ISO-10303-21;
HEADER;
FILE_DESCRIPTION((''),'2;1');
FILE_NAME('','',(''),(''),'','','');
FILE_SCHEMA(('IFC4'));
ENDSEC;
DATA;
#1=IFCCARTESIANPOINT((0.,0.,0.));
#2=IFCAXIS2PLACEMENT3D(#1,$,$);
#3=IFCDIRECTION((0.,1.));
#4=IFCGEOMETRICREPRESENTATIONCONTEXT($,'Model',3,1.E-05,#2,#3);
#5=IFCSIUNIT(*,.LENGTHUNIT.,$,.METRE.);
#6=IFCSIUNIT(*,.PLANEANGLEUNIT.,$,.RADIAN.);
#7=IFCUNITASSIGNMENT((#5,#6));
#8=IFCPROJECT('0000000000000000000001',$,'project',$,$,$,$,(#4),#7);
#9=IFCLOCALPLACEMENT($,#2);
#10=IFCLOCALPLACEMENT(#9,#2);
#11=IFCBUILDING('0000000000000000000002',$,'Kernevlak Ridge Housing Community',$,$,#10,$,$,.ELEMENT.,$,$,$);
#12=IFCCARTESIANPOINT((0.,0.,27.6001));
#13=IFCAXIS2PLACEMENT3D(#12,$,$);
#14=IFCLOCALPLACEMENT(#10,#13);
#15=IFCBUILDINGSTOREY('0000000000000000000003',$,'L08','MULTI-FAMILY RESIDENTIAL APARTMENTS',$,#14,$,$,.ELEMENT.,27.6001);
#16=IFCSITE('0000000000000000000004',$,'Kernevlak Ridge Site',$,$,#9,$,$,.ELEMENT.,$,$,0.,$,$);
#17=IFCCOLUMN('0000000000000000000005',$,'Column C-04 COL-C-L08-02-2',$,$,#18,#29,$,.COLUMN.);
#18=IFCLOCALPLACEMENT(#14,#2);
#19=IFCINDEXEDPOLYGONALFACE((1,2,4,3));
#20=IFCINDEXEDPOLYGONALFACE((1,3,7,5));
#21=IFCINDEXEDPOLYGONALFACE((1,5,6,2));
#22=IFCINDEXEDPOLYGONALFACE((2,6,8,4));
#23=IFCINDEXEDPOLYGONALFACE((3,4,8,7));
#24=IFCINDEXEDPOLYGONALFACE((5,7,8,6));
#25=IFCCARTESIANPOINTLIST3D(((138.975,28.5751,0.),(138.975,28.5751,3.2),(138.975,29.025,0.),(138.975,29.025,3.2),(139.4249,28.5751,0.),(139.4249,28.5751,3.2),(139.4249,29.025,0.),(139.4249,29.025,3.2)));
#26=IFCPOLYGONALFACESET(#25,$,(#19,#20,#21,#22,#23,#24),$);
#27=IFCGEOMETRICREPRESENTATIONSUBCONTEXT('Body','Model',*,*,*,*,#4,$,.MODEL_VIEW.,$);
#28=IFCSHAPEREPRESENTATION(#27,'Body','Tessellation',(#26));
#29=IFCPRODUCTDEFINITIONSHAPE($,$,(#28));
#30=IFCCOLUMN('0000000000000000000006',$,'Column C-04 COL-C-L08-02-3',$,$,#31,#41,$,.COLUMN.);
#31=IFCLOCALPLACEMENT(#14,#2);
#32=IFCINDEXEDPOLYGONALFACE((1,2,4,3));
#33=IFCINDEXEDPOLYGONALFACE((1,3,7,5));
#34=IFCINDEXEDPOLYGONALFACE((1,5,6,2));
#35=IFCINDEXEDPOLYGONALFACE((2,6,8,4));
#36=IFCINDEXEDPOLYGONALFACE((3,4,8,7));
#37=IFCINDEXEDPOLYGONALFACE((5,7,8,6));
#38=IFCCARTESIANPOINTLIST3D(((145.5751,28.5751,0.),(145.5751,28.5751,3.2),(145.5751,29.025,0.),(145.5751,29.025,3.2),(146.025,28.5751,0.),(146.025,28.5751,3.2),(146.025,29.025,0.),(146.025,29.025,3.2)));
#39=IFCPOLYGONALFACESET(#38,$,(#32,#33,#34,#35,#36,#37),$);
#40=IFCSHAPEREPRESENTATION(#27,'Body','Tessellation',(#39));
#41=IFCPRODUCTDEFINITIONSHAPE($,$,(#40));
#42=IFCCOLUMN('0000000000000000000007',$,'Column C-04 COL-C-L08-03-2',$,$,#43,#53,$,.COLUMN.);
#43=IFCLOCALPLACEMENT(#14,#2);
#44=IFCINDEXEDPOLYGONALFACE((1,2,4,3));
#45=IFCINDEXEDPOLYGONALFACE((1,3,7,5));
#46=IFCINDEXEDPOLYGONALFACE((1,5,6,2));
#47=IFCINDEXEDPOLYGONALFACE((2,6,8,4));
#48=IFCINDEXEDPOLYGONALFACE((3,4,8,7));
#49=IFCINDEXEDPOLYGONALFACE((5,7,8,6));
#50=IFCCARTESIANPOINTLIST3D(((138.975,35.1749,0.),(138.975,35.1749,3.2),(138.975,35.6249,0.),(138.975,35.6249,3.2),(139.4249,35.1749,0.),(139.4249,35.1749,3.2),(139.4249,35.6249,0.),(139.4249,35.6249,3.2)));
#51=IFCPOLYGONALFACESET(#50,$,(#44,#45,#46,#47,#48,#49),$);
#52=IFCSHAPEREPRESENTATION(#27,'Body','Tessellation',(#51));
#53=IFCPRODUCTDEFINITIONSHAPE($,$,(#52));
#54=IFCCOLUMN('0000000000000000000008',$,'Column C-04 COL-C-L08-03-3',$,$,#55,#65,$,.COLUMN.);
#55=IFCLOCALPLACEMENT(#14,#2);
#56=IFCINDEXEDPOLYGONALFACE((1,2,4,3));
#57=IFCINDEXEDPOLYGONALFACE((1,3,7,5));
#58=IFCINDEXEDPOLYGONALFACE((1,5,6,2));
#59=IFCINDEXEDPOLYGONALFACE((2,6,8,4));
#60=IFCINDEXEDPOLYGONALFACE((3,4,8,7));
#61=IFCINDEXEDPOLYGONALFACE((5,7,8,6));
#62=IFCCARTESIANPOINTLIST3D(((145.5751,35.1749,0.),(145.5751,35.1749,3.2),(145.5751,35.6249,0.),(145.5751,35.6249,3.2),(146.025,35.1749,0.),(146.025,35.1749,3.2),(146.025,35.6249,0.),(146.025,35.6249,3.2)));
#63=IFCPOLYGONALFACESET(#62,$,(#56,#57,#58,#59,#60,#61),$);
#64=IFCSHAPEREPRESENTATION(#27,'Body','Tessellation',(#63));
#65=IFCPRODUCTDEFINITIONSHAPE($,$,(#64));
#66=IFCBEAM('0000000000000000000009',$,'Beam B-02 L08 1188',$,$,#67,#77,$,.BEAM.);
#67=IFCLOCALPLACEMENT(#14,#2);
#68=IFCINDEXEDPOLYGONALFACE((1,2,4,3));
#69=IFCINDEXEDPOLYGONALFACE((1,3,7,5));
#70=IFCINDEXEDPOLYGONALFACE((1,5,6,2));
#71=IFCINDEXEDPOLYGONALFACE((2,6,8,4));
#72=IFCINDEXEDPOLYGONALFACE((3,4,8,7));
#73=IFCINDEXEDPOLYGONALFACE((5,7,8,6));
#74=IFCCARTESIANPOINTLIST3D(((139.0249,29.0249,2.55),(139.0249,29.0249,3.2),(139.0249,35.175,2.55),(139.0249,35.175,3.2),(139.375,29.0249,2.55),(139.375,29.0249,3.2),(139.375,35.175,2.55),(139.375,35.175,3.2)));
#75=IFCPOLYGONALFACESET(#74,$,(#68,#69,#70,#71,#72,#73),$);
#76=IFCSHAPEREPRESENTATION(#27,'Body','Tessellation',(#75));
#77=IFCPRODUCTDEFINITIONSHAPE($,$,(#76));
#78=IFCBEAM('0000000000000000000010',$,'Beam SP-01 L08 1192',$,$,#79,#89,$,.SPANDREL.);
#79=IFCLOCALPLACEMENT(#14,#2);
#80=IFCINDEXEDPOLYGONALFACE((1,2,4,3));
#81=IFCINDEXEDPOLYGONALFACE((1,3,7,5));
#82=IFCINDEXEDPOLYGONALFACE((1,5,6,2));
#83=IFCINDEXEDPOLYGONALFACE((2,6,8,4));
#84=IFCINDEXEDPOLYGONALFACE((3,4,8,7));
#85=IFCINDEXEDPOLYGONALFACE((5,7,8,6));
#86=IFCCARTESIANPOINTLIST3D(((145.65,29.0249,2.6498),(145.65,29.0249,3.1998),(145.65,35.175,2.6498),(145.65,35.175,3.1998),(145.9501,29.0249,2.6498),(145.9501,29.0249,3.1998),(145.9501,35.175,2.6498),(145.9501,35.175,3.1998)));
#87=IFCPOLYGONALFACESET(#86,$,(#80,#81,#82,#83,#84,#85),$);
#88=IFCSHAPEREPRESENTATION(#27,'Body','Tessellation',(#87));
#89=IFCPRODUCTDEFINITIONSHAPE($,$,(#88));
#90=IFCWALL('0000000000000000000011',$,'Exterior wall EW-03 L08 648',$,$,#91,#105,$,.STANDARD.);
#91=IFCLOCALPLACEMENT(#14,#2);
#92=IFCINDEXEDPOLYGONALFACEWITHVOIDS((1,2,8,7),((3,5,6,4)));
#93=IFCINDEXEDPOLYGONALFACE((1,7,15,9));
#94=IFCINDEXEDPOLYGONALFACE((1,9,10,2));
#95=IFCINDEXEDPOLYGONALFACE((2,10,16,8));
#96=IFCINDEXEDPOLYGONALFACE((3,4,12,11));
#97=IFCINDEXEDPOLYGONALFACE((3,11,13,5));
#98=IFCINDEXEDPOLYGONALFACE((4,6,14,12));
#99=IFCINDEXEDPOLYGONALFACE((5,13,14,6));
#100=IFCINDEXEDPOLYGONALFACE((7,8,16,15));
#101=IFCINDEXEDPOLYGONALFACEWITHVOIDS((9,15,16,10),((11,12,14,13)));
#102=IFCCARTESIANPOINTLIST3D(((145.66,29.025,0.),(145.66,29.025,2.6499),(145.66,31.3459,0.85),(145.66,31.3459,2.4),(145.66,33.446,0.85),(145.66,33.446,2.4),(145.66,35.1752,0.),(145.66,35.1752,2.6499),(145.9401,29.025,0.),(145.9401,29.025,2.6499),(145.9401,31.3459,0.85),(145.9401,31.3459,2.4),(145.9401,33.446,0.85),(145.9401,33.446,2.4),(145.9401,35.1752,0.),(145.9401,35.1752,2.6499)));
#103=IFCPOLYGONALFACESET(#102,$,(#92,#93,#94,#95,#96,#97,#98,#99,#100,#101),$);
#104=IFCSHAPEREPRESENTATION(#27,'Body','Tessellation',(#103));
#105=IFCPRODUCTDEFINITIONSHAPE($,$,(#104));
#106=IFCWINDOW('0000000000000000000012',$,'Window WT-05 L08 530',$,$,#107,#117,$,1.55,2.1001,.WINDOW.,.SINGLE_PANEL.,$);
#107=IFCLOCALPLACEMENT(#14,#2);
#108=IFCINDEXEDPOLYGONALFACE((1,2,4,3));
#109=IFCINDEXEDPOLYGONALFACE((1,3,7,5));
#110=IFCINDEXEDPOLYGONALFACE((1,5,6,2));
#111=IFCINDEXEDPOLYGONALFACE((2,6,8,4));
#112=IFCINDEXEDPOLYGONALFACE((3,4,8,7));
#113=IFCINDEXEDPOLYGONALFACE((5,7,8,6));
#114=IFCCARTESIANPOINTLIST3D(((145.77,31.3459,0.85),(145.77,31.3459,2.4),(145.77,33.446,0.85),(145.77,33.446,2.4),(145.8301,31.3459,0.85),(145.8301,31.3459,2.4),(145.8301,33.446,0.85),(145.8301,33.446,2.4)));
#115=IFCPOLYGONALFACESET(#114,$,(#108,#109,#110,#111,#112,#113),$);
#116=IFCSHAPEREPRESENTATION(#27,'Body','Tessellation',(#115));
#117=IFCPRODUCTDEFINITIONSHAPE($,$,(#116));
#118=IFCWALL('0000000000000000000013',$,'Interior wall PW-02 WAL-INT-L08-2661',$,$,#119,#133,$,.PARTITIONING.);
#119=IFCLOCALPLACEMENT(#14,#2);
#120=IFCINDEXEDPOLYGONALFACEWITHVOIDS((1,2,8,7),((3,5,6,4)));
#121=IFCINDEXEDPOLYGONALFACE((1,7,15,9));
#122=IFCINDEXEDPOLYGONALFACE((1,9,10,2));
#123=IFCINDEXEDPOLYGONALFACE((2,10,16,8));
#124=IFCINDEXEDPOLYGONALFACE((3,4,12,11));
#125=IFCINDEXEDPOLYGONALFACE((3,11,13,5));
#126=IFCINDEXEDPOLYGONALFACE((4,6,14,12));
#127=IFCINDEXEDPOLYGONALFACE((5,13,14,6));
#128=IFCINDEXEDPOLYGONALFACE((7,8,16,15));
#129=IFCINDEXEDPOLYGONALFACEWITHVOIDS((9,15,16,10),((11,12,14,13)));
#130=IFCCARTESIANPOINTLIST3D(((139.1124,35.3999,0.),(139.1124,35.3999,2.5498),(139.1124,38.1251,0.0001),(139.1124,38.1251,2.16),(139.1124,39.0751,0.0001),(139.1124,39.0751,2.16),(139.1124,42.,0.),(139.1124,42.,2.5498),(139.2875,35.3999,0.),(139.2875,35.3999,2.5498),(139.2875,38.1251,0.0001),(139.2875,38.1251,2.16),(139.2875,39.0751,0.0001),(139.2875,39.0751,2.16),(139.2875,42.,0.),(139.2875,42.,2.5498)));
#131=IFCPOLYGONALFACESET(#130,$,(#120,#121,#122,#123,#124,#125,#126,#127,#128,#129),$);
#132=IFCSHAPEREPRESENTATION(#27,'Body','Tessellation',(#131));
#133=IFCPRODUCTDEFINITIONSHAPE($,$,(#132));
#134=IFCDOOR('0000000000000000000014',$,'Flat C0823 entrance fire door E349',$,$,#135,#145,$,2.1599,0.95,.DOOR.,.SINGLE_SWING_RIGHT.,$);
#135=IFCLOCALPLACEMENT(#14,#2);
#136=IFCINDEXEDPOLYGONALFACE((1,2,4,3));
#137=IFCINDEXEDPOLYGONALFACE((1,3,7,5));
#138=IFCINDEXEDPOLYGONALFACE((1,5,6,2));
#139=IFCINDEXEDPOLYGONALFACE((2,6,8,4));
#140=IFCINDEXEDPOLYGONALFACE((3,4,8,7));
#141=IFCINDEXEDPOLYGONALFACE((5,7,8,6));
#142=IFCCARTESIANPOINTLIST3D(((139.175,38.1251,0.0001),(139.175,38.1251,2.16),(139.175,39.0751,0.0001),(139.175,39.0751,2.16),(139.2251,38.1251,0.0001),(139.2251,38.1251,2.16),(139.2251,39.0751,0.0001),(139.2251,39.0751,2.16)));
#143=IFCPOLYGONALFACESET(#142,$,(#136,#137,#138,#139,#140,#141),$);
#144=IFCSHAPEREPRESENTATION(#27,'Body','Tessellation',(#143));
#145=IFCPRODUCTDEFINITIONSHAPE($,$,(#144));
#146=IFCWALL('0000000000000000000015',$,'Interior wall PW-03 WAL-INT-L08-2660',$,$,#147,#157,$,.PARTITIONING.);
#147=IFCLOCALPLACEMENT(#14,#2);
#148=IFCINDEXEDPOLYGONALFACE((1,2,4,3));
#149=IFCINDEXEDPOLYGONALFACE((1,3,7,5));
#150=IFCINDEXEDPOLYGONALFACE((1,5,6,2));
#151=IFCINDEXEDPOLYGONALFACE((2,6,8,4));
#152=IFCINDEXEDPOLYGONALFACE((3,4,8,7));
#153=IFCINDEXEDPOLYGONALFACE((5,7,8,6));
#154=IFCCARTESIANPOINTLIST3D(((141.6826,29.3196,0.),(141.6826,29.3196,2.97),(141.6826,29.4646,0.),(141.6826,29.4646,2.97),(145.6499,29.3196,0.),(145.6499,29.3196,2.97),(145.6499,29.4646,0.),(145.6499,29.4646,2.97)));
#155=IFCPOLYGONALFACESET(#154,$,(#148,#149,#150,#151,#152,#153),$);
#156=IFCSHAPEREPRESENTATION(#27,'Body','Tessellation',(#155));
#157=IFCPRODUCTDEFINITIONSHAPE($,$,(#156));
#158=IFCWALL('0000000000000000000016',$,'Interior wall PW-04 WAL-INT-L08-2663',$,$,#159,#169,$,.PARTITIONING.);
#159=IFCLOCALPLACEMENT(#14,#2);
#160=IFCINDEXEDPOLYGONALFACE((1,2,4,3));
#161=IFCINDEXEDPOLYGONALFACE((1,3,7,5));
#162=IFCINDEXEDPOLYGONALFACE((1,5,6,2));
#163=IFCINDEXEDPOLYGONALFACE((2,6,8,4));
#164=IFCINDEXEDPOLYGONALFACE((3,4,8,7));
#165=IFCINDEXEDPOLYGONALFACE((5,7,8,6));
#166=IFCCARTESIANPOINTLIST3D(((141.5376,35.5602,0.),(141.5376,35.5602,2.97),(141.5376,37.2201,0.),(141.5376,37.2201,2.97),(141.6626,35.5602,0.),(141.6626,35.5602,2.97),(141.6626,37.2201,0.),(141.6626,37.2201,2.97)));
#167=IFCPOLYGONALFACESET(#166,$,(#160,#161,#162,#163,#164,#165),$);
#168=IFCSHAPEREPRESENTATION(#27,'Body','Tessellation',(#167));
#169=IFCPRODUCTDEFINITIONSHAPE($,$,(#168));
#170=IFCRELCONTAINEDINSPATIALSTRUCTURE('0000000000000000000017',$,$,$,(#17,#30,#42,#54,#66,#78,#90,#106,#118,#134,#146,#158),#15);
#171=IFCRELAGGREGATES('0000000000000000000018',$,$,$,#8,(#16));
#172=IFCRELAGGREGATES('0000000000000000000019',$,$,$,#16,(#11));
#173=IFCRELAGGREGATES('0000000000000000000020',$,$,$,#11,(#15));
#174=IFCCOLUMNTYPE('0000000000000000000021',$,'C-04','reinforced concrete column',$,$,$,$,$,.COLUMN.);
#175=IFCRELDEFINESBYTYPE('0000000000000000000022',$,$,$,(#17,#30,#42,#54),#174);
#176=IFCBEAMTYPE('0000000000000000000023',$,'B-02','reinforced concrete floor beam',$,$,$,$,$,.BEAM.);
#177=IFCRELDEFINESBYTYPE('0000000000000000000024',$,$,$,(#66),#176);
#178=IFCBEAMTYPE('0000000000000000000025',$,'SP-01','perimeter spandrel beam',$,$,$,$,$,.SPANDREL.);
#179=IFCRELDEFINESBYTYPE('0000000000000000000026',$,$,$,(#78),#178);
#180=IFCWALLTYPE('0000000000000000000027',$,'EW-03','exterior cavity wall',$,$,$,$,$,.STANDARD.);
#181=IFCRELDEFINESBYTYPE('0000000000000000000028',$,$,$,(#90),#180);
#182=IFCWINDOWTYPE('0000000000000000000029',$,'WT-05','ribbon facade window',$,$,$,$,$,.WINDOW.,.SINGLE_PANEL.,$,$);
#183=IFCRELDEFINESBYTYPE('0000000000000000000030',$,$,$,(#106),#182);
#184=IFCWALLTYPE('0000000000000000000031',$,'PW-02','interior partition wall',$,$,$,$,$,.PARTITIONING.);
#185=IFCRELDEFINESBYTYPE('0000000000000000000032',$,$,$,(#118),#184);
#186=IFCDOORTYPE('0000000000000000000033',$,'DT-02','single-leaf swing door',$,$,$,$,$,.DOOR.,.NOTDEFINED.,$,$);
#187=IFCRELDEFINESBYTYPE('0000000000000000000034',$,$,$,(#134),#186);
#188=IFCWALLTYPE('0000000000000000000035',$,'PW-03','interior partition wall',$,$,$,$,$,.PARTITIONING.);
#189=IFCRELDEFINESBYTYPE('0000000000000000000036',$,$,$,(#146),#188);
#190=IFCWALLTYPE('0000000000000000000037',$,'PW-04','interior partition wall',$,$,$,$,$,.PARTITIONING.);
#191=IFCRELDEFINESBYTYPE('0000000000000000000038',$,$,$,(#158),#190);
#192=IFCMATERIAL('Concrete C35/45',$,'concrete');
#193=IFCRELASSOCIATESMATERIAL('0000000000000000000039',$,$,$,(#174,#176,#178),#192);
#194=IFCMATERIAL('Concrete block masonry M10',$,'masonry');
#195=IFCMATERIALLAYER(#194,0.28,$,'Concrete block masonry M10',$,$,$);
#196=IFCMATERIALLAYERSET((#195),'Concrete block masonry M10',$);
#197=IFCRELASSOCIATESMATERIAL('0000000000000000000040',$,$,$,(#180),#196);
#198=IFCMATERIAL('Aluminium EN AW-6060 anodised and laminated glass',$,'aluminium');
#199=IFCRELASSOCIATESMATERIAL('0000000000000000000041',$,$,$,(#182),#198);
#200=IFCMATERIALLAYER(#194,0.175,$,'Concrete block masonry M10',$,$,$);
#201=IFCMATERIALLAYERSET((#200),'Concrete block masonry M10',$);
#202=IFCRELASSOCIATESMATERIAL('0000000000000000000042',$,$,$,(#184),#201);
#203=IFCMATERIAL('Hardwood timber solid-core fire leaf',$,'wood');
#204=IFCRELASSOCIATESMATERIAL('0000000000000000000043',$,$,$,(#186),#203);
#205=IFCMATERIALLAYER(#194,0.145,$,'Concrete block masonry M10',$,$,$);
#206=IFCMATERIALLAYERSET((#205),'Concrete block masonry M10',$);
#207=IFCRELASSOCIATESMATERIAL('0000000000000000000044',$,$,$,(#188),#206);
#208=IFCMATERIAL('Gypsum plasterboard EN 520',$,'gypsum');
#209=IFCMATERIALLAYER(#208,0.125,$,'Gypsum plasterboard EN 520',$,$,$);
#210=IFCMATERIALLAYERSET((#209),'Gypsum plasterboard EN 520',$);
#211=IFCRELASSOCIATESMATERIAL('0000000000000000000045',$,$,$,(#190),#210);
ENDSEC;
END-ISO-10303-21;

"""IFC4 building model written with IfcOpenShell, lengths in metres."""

from ifc_helpers import new_model, si_unit, direction, frame, frame_2d, origin, origin_2d, place, context, subcontext, project, spatial, rectangle, extrude, material, layer, layer_set, material_profile, profile_set, type_object, element, fill, save


model = new_model("IFC4")

# Units and contexts
model_context = context("Model", 3, precision=1e-05, world=origin(), true_north=direction((0.0, 1.0)))
body_context = subcontext(model_context, "Body", "Model", "MODEL_VIEW")
ifc_project = project(units=[si_unit("LENGTHUNIT", "METRE"), si_unit("PLANEANGLEUNIT", "RADIAN")], contexts=[model_context])

# Site, building, storey
site_placement = place(None, origin())
site = spatial("IfcSite", under=ifc_project, at=site_placement, Name="Kernevlak Ridge Site", CompositionType="ELEMENT", RefElevation=0.0)
building_placement = place(site_placement, origin())
building = spatial("IfcBuilding", under=site, at=building_placement, Name="Kernevlak Ridge Housing Community", CompositionType="ELEMENT")
storey_placement = place(building_placement, frame((0.0, 0.0, 27.6001)))
storey = spatial("IfcBuildingStorey", under=building, at=storey_placement, Name="L08", Description="MULTI-FAMILY RESIDENTIAL APARTMENTS", CompositionType="ELEMENT", Elevation=27.6001)

# Columns
ifc_material_1 = material(Name="Concrete C35/45", Category="concrete")
ifc_material_profile_1 = material_profile(ifc_material_1, rectangle(XDim=0.45, YDim=0.45, at=origin_2d()), Name="RC 450x450")
ifc_profile_set_1 = profile_set([ifc_material_profile_1], Name="Concrete C35/45")
column_type = type_object("IfcColumnType", Name="C-04", Description="reinforced concrete column", PredefinedType="COLUMN", material=ifc_profile_set_1)
for number, where, z_axis, x_axis, name in (
    (1, (139.2, 28.8, 0.0), (0.0, 0.0, 1.0), (1.0, 0.0, 0.0), "Column C-04 COL-C-L08-02-2"),
    (2, (145.8, 28.8, 0.0), (0.0, 0.0, 1.0), (1.0, 0.0, 0.0), "Column C-04 COL-C-L08-02-3"),
    (3, (139.2, 35.3999, 0.0), (0.0, 0.0, 1.0), (1.0, 0.0, 0.0), "Column C-04 COL-C-L08-03-2"),
    (4, (145.8, 35.3999, 0.0), (0.0, 0.0, 1.0), (1.0, 0.0, 0.0), "Column C-04 COL-C-L08-03-3"),
):
    element("IfcColumn", number, at=place(storey_placement, frame(where, z_axis=z_axis, x_axis=x_axis)), inside=storey, type_object=column_type, Name=name, PredefinedType="COLUMN", context=body_context, shape_type="SweptSolid", body=[
        extrude(rectangle(XDim=0.45, YDim=0.45, at=origin_2d()), origin(), (0.0, 0.0, 1.0), 3.2),
    ])

# Beams
ifc_material_profile_2 = material_profile(ifc_material_1, rectangle(XDim=0.3501, YDim=0.6499, at=origin_2d()), Name="RC 350x650")
ifc_profile_set_2 = profile_set([ifc_material_profile_2], Name="Concrete C35/45")
beam_type_1 = type_object("IfcBeamType", Name="B-02", Description="reinforced concrete floor beam", PredefinedType="BEAM", material=ifc_profile_set_2)
beam_1_placement = place(storey_placement, frame((139.2, 29.0249, 2.875), z_axis=(0.0, 1.0, 0.0), x_axis=(-1.0, 0.0, 0.0)))
element("IfcBeam", 5, at=beam_1_placement, inside=storey, type_object=beam_type_1, Name="Beam B-02 L08 1188", PredefinedType="BEAM", context=body_context, shape_type="SweptSolid", body=[
    extrude(rectangle(XDim=0.3501, YDim=0.6499, at=origin_2d()), origin(), (0.0, 0.0, 1.0), 6.1501),
])
ifc_material_profile_3 = material_profile(ifc_material_1, rectangle(XDim=0.3, YDim=0.55, at=origin_2d()), Name="RC 300x550")
ifc_profile_set_3 = profile_set([ifc_material_profile_3], Name="Concrete C35/45")
beam_type_2 = type_object("IfcBeamType", Name="SP-01", Description="perimeter spandrel beam", PredefinedType="SPANDREL", material=ifc_profile_set_3)
beam_2_placement = place(storey_placement, frame((145.8, 29.0249, 2.9248), z_axis=(0.0, 1.0, 0.0), x_axis=(-1.0, 0.0, 0.0)))
element("IfcBeam", 6, at=beam_2_placement, inside=storey, type_object=beam_type_2, Name="Beam SP-01 L08 1192", PredefinedType="SPANDREL", context=body_context, shape_type="SweptSolid", body=[
    extrude(rectangle(XDim=0.3, YDim=0.55, at=origin_2d()), origin(), (0.0, 0.0, 1.0), 6.1501),
])

# Wall, opening, window
ifc_material_2 = material(Name="Concrete block masonry M10", Category="masonry")
ifc_layer_1 = layer(ifc_material_2, 0.28, Name="Concrete block masonry M10")
ifc_layer_set_1 = layer_set([ifc_layer_1], Name="Concrete block masonry M10")
wall_type_1 = type_object("IfcWallType", Name="EW-03", Description="exterior cavity wall", PredefinedType="STANDARD", material=ifc_layer_set_1)
wall_1_placement = place(storey_placement, frame((145.8, 29.0249, 0.0), z_axis=(0.0, 0.0, 1.0), x_axis=(0.0, 1.0, 0.0)))
wall_1 = element("IfcWall", 7, at=wall_1_placement, inside=storey, type_object=wall_type_1, Name="Exterior wall EW-03 L08 648", PredefinedType="STANDARD", context=body_context, shape_type="SweptSolid", body=[
    extrude(rectangle(XDim=6.1501, YDim=0.28, at=frame_2d((3.0752, 0.0))), origin(), (0.0, 0.0, 1.0), 2.6499),
])
opening_1_placement = place(wall_1_placement, frame((2.321, 0.0, 0.8501)))
opening_1 = element("IfcOpeningElement", 8, at=opening_1_placement, cuts=wall_1, PredefinedType="OPENING", context=body_context, shape_type="SweptSolid", body=[
    extrude(rectangle(XDim=2.1001, YDim=1.55, at=frame_2d((1.05, 0.7749))), frame((0.0, 0.1499, 0.0), z_axis=(0.0, -1.0, 0.0), x_axis=(1.0, 0.0, 0.0)), (0.0, 0.0, 1.0), 0.3),
])
ifc_material_3 = material(Name="Aluminium EN AW-6060 anodised and laminated glass", Category="aluminium")
window_type = type_object("IfcWindowType", Name="WT-05", Description="ribbon facade window", PartitioningType="SINGLE_PANEL", PredefinedType="WINDOW", material=ifc_material_3)
window_placement = place(opening_1_placement, origin())
window = element("IfcWindow", 9, at=window_placement, inside=storey, type_object=window_type, Name="Window WT-05 L08 530", OverallHeight=1.55, OverallWidth=2.1001, PartitioningType="SINGLE_PANEL", PredefinedType="WINDOW", context=body_context, shape_type="SweptSolid", body=[
    extrude(rectangle(XDim=2.1001, YDim=1.55, at=frame_2d((1.05, 0.7749))), frame((0.0, 0.03, 0.0), z_axis=(0.0, -1.0, 0.0), x_axis=(1.0, 0.0, 0.0)), (0.0, 0.0, 1.0), 0.0601),
])
fill(opening_1, window)

# Wall, opening, door
ifc_layer_2 = layer(ifc_material_2, 0.175, Name="Concrete block masonry M10")
ifc_layer_set_2 = layer_set([ifc_layer_2], Name="Concrete block masonry M10")
wall_type_2 = type_object("IfcWallType", Name="PW-02", Description="interior partition wall", PredefinedType="PARTITIONING", material=ifc_layer_set_2)
wall_2_placement = place(storey_placement, frame((139.2, 35.3999, 0.0), z_axis=(0.0, 0.0, 1.0), x_axis=(0.0, 1.0, 0.0)))
wall_2 = element("IfcWall", 10, at=wall_2_placement, inside=storey, type_object=wall_type_2, Name="Interior wall PW-02 WAL-INT-L08-2661", PredefinedType="PARTITIONING", context=body_context, shape_type="SweptSolid", body=[
    extrude(rectangle(XDim=6.6001, YDim=0.175, at=frame_2d((3.3, 0.0))), origin(), (0.0, 0.0, 1.0), 2.5498),
])
opening_2_placement = place(wall_2_placement, frame((2.7251, 0.0, 0.0)))
opening_2 = element("IfcOpeningElement", 11, at=opening_2_placement, cuts=wall_2, PredefinedType="OPENING", context=body_context, shape_type="SweptSolid", body=[
    extrude(rectangle(XDim=0.95, YDim=2.1599, at=frame_2d((0.4751, 1.0801))), frame((0.0, 0.0974, 0.0), z_axis=(0.0, -1.0, 0.0), x_axis=(1.0, 0.0, 0.0)), (0.0, 0.0, 1.0), 0.1951),
])
ifc_material_4 = material(Name="Hardwood timber solid-core fire leaf", Category="wood")
door_type_1 = type_object("IfcDoorType", Name="DT-02", Description="single-leaf swing door", OperationType="NOTDEFINED", PredefinedType="DOOR", material=ifc_material_4)
door_1_placement = place(opening_2_placement, origin())
door_1 = element("IfcDoor", 12, at=door_1_placement, inside=storey, type_object=door_type_1, Name="Flat C0823 entrance fire door E349", OperationType="SINGLE_SWING_RIGHT", OverallHeight=2.1599, OverallWidth=0.95, PredefinedType="DOOR", context=body_context, shape_type="SweptSolid", body=[
    extrude(rectangle(XDim=0.95, YDim=2.1599, at=frame_2d((0.4751, 1.0801))), frame((0.0, 0.0249, 0.0), z_axis=(0.0, -1.0, 0.0), x_axis=(1.0, 0.0, 0.0)), (0.0, 0.0, 1.0), 0.05),
])
fill(opening_2, door_1)

# Walls
ifc_layer_3 = layer(ifc_material_2, 0.145, Name="Concrete block masonry M10")
ifc_layer_set_3 = layer_set([ifc_layer_3], Name="Concrete block masonry M10")
wall_type_3 = type_object("IfcWallType", Name="PW-03", Description="interior partition wall", PredefinedType="PARTITIONING", material=ifc_layer_set_3)
wall_3_placement = place(storey_placement, frame((141.6826, 29.3921, 0.0), z_axis=(0.0, 0.0, 1.0), x_axis=(1.0, 0.0, 0.0)))
element("IfcWall", 13, at=wall_3_placement, inside=storey, type_object=wall_type_3, Name="Interior wall PW-03 WAL-INT-L08-2660", PredefinedType="PARTITIONING", context=body_context, shape_type="SweptSolid", body=[
    extrude(rectangle(XDim=3.9673, YDim=0.145, at=frame_2d((1.9836, 0.0))), origin(), (0.0, 0.0, 1.0), 2.97),
])
ifc_material_5 = material(Name="Gypsum plasterboard EN 520", Category="gypsum")
ifc_layer_4 = layer(ifc_material_5, 0.125, Name="Gypsum plasterboard EN 520")
ifc_layer_set_4 = layer_set([ifc_layer_4], Name="Gypsum plasterboard EN 520")
wall_type_4 = type_object("IfcWallType", Name="PW-04", Description="interior partition wall", PredefinedType="PARTITIONING", material=ifc_layer_set_4)
wall_4_placement = place(storey_placement, frame((141.6001, 35.5601, 0.0), z_axis=(0.0, 0.0, 1.0), x_axis=(0.0, 1.0, 0.0)))
element("IfcWall", 14, at=wall_4_placement, inside=storey, type_object=wall_type_4, Name="Interior wall PW-04 WAL-INT-L08-2663", PredefinedType="PARTITIONING", context=body_context, shape_type="SweptSolid", body=[
    extrude(rectangle(XDim=1.6599, YDim=0.125, at=frame_2d((0.8301, 0.0))), origin(), (0.0, 0.0, 1.0), 2.97),
])

save(model, "model.ifc")
